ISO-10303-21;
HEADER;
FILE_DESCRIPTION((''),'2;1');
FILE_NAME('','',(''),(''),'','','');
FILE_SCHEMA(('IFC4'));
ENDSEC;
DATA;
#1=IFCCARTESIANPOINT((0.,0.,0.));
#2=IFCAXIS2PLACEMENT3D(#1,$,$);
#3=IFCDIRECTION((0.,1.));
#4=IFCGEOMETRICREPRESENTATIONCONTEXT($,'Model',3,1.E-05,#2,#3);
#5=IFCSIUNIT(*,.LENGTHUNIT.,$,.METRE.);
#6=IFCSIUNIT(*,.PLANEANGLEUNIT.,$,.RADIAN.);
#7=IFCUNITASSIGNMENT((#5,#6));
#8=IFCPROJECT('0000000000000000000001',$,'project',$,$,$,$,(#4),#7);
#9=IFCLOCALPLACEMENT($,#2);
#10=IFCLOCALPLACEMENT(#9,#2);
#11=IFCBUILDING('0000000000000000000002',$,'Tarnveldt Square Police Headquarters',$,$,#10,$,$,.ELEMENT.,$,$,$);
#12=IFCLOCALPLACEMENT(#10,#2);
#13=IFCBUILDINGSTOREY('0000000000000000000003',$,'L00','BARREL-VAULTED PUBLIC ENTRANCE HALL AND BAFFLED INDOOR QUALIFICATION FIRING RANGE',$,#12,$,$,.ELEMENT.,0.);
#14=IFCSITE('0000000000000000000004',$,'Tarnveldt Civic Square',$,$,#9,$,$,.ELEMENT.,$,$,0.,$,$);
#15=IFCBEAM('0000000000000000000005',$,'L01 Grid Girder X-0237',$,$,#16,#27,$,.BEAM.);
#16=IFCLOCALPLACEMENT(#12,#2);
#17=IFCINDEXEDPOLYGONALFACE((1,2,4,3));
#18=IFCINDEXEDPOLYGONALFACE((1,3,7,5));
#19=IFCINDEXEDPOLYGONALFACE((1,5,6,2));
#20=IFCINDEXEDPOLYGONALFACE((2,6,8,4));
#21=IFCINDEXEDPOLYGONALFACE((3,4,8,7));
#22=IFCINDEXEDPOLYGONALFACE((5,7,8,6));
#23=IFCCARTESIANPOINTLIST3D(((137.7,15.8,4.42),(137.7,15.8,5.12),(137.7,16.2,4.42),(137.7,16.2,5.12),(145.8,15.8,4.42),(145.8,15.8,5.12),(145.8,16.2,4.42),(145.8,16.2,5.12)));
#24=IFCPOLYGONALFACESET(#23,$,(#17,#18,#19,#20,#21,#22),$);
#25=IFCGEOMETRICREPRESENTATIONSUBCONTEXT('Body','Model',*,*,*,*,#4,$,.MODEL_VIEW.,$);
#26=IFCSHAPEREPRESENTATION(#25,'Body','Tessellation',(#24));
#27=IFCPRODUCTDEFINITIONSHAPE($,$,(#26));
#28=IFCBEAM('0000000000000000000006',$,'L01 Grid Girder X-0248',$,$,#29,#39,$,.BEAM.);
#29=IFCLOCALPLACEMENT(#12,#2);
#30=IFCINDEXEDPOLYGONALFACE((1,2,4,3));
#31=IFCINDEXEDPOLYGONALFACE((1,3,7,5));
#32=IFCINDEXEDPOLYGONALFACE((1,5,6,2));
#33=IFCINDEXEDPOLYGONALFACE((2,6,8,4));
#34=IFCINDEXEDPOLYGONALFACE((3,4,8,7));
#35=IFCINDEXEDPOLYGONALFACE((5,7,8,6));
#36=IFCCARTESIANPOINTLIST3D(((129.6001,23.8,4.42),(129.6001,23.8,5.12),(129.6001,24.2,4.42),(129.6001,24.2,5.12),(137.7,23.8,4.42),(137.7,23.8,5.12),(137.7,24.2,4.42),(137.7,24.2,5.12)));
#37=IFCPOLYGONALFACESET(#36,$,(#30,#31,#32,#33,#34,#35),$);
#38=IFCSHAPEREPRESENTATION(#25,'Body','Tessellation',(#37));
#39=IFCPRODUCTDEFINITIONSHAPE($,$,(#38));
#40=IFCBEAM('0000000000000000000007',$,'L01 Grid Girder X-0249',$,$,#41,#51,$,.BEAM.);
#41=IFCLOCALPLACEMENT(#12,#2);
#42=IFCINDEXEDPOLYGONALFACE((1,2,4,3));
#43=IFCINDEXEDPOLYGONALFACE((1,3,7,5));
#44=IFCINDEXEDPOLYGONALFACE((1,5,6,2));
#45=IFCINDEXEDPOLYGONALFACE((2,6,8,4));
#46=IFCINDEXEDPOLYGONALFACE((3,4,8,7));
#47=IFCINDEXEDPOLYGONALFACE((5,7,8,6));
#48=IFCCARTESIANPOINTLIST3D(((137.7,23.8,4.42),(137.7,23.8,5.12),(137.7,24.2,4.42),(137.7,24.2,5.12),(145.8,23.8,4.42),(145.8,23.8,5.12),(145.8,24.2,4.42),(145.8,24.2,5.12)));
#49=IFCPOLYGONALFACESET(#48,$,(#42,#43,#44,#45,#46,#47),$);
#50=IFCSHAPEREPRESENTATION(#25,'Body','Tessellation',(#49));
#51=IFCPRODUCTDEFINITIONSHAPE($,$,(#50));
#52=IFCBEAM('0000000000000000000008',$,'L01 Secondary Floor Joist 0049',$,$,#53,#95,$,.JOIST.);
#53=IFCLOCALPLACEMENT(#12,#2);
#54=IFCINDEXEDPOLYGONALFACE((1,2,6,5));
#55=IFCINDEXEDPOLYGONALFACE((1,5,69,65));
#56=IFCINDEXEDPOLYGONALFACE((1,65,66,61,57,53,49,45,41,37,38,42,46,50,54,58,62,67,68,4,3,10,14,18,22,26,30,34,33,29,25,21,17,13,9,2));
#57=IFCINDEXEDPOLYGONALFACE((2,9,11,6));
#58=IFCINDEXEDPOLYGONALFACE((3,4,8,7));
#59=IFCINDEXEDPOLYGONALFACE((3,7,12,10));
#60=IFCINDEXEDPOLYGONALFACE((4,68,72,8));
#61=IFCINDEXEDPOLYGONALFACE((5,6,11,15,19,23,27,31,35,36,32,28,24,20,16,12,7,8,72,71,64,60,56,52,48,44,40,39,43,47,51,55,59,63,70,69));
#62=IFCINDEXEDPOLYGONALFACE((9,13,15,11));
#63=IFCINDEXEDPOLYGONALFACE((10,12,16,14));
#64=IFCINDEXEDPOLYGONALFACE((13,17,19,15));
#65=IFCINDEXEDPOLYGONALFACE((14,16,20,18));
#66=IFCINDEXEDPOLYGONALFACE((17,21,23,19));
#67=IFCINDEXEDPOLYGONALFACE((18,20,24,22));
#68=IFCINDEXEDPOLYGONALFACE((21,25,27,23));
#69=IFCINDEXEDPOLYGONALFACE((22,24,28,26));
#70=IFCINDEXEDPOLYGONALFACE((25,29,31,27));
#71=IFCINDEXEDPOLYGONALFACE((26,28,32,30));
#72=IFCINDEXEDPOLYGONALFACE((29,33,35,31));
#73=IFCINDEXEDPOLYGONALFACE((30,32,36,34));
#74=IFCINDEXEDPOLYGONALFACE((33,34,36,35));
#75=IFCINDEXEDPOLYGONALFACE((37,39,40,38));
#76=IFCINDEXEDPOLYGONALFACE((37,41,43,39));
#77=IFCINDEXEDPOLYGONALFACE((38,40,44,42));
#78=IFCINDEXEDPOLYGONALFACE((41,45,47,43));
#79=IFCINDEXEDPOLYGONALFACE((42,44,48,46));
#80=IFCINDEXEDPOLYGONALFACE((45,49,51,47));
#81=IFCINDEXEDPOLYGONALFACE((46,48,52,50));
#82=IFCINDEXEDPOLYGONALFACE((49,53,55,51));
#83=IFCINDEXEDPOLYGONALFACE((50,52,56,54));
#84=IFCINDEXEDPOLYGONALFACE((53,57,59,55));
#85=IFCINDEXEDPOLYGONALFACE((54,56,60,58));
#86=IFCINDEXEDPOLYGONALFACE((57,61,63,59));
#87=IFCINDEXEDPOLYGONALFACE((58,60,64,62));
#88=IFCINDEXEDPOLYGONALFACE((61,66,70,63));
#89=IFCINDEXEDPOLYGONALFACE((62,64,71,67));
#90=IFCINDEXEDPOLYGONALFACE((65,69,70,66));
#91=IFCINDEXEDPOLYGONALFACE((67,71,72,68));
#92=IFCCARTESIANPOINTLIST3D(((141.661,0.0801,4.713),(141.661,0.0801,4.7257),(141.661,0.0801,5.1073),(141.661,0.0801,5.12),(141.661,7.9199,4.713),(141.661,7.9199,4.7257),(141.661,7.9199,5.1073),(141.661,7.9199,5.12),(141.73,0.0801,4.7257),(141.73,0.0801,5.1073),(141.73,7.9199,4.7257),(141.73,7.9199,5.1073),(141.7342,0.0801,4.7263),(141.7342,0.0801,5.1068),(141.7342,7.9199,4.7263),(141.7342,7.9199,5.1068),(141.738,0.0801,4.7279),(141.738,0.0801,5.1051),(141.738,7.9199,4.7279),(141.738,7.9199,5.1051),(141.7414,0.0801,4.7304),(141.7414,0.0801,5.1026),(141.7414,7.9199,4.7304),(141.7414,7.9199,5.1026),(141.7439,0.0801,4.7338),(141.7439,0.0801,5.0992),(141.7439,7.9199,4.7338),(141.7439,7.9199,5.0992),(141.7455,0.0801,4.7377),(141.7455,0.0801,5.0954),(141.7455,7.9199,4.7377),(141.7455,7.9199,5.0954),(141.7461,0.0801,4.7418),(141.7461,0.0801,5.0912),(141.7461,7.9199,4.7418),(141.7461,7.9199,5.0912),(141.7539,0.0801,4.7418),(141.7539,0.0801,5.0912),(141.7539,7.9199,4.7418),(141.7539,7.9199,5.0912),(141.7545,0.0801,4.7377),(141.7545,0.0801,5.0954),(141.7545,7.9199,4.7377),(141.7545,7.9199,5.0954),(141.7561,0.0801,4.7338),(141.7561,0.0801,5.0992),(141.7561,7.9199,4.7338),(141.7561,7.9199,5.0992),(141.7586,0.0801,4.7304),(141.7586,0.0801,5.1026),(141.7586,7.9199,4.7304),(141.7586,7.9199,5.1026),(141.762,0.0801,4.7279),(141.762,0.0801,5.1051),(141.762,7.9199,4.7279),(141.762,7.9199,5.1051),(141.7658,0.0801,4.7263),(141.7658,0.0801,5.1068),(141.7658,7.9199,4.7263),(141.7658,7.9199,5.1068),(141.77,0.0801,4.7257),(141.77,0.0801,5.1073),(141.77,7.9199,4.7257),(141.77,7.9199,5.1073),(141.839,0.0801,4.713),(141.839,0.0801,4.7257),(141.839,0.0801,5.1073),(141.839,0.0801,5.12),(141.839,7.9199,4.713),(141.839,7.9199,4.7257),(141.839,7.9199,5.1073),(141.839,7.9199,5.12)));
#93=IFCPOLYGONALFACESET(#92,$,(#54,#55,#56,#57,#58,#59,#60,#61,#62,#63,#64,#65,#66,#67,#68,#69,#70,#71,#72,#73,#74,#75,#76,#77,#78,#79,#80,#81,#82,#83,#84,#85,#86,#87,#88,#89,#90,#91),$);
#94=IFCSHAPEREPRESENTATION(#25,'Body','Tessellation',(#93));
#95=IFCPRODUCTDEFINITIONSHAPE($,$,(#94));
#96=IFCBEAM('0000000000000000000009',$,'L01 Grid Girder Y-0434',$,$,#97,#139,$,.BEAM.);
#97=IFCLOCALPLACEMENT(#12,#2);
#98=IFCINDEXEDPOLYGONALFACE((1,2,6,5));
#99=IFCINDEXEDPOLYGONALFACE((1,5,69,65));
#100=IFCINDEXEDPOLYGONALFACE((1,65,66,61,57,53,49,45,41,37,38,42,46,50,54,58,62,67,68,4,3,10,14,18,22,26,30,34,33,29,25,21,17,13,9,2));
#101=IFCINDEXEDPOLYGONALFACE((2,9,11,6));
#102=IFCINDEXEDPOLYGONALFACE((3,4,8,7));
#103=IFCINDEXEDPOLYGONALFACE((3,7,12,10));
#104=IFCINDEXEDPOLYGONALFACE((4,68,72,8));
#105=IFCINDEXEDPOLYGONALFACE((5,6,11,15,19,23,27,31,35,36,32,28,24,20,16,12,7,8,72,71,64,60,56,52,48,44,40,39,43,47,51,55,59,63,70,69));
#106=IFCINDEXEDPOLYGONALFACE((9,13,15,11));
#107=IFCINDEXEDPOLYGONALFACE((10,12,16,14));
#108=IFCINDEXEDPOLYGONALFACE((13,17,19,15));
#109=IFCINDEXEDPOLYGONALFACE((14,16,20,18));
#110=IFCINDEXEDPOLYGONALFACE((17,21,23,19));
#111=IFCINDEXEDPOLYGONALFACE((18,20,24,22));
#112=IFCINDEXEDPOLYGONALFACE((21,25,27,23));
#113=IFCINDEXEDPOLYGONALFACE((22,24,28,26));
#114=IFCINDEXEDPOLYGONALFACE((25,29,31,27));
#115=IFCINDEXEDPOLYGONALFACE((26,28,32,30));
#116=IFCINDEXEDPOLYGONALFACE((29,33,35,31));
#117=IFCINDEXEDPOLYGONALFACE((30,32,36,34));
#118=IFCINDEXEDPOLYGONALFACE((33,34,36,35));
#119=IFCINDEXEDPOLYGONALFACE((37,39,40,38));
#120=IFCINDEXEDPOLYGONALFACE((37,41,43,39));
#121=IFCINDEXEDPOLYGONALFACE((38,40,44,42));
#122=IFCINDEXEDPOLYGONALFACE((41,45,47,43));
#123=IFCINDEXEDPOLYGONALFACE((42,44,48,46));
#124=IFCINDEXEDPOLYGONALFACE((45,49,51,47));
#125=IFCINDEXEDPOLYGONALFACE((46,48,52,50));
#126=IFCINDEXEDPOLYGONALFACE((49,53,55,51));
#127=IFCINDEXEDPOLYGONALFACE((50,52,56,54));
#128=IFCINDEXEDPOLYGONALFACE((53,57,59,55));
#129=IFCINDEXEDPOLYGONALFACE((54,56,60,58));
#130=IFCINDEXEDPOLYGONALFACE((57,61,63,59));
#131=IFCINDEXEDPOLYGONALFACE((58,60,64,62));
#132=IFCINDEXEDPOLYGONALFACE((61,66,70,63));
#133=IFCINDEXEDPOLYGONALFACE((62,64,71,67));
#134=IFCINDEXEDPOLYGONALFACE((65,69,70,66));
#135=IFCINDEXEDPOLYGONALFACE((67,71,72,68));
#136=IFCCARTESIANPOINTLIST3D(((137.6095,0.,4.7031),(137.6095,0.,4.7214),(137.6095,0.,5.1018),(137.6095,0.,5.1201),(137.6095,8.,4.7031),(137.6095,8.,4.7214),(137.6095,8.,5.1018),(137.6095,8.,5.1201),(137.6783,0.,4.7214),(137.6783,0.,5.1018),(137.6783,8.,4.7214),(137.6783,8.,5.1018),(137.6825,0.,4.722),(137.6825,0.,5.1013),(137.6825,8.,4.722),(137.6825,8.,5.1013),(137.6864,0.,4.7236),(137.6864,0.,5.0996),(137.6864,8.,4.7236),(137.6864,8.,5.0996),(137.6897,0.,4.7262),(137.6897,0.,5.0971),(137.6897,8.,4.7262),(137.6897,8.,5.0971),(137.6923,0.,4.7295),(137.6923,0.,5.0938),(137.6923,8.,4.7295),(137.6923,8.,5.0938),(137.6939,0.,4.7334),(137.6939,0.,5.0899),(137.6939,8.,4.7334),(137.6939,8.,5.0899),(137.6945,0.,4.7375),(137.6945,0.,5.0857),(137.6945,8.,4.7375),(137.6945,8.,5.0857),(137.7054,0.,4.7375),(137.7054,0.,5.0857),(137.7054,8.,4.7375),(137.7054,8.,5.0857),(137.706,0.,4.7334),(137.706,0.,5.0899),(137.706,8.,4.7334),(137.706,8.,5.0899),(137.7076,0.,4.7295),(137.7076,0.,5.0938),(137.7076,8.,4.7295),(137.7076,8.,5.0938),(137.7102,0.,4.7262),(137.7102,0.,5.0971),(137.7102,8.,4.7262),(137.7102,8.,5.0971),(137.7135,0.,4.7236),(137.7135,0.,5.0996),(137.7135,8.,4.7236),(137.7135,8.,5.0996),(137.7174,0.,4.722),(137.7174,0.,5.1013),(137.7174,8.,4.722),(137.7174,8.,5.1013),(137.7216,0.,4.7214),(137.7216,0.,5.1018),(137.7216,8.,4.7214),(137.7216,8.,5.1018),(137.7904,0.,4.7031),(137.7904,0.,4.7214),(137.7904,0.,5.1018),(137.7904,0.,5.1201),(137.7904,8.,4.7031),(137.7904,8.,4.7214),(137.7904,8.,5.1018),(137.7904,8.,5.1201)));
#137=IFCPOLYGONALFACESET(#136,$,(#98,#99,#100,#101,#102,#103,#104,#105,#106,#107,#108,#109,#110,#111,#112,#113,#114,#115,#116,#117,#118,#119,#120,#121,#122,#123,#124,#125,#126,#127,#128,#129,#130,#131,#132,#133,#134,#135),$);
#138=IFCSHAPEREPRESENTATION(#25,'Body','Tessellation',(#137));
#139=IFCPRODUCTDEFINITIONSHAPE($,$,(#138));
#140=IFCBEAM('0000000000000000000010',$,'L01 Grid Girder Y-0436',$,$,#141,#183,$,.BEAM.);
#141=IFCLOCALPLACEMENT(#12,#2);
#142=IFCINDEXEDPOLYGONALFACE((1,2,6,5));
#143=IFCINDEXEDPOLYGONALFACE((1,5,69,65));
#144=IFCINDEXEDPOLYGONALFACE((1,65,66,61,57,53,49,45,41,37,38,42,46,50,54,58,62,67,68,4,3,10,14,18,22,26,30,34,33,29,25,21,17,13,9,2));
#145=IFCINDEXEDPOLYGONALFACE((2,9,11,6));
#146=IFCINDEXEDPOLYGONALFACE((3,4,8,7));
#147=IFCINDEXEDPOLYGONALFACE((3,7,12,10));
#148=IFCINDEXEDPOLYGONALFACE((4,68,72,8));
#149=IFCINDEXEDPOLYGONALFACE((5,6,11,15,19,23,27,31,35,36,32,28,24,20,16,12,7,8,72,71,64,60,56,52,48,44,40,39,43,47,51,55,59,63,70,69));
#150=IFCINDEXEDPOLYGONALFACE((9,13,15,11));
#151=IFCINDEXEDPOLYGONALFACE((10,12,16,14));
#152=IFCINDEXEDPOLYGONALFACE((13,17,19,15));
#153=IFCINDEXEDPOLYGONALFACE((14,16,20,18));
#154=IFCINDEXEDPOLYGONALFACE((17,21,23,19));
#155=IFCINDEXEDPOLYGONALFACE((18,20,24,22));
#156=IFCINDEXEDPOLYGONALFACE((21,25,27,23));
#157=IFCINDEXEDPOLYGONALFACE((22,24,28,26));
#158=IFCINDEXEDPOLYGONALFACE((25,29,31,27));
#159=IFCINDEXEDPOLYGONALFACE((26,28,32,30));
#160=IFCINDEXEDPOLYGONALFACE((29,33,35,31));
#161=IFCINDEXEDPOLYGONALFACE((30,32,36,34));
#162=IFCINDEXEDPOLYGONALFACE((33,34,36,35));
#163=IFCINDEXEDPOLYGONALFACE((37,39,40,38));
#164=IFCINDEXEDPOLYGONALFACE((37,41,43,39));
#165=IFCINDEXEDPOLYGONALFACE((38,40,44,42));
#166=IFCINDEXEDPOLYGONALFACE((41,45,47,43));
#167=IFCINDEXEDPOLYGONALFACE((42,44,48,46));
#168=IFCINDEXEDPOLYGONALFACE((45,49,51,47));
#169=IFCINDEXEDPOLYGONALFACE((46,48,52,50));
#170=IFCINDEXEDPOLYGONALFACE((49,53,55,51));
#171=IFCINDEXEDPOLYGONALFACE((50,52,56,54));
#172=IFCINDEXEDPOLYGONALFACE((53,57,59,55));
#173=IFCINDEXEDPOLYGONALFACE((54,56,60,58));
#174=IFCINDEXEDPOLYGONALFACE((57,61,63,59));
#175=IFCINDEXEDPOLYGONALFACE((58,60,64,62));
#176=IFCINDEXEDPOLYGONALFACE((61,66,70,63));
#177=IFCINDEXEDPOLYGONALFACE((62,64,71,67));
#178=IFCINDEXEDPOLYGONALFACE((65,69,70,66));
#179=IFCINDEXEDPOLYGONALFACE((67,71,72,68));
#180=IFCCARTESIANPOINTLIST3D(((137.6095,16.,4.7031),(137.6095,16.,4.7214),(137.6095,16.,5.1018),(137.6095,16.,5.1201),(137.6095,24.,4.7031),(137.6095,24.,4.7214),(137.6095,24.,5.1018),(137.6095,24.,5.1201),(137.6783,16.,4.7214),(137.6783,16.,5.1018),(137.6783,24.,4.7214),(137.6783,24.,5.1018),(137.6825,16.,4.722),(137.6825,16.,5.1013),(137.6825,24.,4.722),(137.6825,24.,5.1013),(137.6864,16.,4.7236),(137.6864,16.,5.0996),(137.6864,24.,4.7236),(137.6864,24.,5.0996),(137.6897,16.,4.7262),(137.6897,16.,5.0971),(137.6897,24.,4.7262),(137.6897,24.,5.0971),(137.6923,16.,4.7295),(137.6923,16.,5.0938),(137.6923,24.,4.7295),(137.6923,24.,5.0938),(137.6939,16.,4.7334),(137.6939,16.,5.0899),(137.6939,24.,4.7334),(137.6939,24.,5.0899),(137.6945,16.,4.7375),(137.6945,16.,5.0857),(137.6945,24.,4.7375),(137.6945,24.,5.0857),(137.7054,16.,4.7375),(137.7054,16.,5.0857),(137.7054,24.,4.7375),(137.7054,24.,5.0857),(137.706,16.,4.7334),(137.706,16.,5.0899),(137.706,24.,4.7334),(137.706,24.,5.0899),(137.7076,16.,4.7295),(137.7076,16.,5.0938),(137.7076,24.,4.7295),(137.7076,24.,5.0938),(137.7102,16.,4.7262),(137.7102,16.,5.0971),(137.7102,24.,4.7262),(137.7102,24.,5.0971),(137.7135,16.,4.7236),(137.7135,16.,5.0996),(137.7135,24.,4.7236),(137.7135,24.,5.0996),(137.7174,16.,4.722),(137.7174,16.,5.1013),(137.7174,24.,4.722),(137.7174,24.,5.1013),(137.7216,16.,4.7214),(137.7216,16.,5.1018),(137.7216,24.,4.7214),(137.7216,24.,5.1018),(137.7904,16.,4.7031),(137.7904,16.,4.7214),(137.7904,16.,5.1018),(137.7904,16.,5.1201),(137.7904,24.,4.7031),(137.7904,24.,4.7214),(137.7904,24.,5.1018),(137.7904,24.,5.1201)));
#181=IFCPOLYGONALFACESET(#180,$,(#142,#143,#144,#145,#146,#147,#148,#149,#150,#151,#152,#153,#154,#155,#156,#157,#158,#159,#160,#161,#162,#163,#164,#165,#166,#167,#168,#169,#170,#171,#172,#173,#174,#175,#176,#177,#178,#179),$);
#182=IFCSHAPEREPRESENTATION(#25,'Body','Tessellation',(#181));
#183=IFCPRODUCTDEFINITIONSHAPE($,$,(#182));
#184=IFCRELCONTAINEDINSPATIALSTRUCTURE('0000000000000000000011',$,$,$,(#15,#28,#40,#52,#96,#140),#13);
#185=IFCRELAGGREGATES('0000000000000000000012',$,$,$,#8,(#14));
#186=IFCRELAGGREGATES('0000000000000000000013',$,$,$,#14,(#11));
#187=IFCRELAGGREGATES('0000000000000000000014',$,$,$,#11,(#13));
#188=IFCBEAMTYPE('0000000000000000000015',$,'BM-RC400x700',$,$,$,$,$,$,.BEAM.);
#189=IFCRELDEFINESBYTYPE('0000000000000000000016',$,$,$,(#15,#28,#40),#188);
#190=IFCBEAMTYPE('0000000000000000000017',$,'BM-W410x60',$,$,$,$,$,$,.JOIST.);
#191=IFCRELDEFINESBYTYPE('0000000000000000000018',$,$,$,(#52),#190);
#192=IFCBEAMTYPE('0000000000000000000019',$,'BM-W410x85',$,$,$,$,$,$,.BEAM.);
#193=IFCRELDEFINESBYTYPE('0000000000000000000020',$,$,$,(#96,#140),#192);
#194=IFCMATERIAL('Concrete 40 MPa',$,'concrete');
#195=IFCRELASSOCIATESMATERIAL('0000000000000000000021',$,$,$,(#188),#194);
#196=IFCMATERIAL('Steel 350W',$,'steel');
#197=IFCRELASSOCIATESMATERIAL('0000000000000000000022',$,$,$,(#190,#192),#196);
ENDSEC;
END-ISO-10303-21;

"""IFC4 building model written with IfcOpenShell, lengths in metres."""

from ifc_helpers import new_model, si_unit, direction, frame, origin, origin_2d, place, context, subcontext, project, spatial, rectangle, i_section, extrude, material, material_profile, profile_set, type_object, element, save


model = new_model("IFC4")

# Units and contexts
model_context = context("Model", 3, precision=1e-05, world=origin(), true_north=direction((0.0, 1.0)))
body_context = subcontext(model_context, "Body", "Model", "MODEL_VIEW")
ifc_project = project(units=[si_unit("LENGTHUNIT", "METRE"), si_unit("PLANEANGLEUNIT", "RADIAN")], contexts=[model_context])

# Site, building, storey
site_placement = place(None, origin())
site = spatial("IfcSite", under=ifc_project, at=site_placement, Name="Tarnveldt Civic Square", CompositionType="ELEMENT", RefElevation=0.0)
building_placement = place(site_placement, origin())
building = spatial("IfcBuilding", under=site, at=building_placement, Name="Tarnveldt Square Police Headquarters", CompositionType="ELEMENT")
storey_placement = place(building_placement, origin())
storey = spatial("IfcBuildingStorey", under=building, at=storey_placement, Name="L00", Description="BARREL-VAULTED PUBLIC ENTRANCE HALL AND BAFFLED INDOOR QUALIFICATION FIRING RANGE", CompositionType="ELEMENT", Elevation=0.0)

# Shared definitions
ifc_material_1 = material(Name="Concrete 40 MPa", Category="concrete")

# Beams
ifc_material_profile_1 = material_profile(ifc_material_1, rectangle(XDim=0.3999, YDim=0.7, at=origin_2d()), Name="RC-B400x700")
ifc_profile_set_1 = profile_set([ifc_material_profile_1], Name="Concrete 40 MPa")
beam_type_1 = type_object("IfcBeamType", Name="BM-RC400x700", PredefinedType="BEAM", material=ifc_profile_set_1)
for number, where, z_axis, x_axis, name in (
    (1, (137.7, 16.0, 4.77), (1.0, 0.0, 0.0), (0.0, 1.0, 0.0), "L01 Grid Girder X-0237"),
):
    element("IfcBeam", number, at=place(storey_placement, frame(where, z_axis=z_axis, x_axis=x_axis)), inside=storey, type_object=beam_type_1, Name=name, PredefinedType="BEAM", context=body_context, shape_type="SweptSolid", body=[
        extrude(rectangle(XDim=0.3999, YDim=0.7, at=origin_2d()), origin(), (0.0, 0.0, 1.0), 8.1001),
    ])
beam_1_placement = place(storey_placement, frame((129.6001, 24.0, 4.77), z_axis=(1.0, 0.0, 0.0), x_axis=(0.0, 1.0, 0.0)))
element("IfcBeam", 2, at=beam_1_placement, inside=storey, type_object=beam_type_1, Name="L01 Grid Girder X-0248", PredefinedType="BEAM", context=body_context, shape_type="SweptSolid", body=[
    extrude(rectangle(XDim=0.3999, YDim=0.7, at=origin_2d()), origin(), (0.0, 0.0, 1.0), 8.0999),
])
beam_2_placement = place(storey_placement, frame((137.7, 24.0, 4.77), z_axis=(1.0, 0.0, 0.0), x_axis=(0.0, 1.0, 0.0)))
element("IfcBeam", 3, at=beam_2_placement, inside=storey, type_object=beam_type_1, Name="L01 Grid Girder X-0249", PredefinedType="BEAM", context=body_context, shape_type="SweptSolid", body=[
    extrude(rectangle(XDim=0.3999, YDim=0.7, at=origin_2d()), origin(), (0.0, 0.0, 1.0), 8.1001),
])
ifc_material_2 = material(Name="Steel 350W", Category="steel")
ifc_material_profile_2 = material_profile(ifc_material_2, i_section(OverallWidth=0.178, OverallDepth=0.407, WebThickness=0.0078, FlangeThickness=0.0127, FilletRadius=0.0161, at=origin_2d()), Name="W410x60")
ifc_profile_set_2 = profile_set([ifc_material_profile_2], Name="Steel 350W")
beam_type_2 = type_object("IfcBeamType", Name="BM-W410x60", PredefinedType="JOIST", material=ifc_profile_set_2)
beam_3_placement = place(storey_placement, frame((141.75, 0.0801, 4.9165), z_axis=(0.0, 1.0, 0.0), x_axis=(-1.0, 0.0, 0.0)))
element("IfcBeam", 4, at=beam_3_placement, inside=storey, type_object=beam_type_2, Name="L01 Secondary Floor Joist 0049", PredefinedType="JOIST", context=body_context, shape_type="SweptSolid", body=[
    extrude(i_section(OverallWidth=0.178, OverallDepth=0.407, WebThickness=0.0078, FlangeThickness=0.0127, FilletRadius=0.0161, at=origin_2d()), origin(), (0.0, 0.0, 1.0), 7.8398),
])
ifc_material_profile_3 = material_profile(ifc_material_2, i_section(OverallWidth=0.1809, OverallDepth=0.417, WebThickness=0.011, FlangeThickness=0.0183, FilletRadius=0.0161, at=origin_2d()), Name="W410x85")
ifc_profile_set_3 = profile_set([ifc_material_profile_3], Name="Steel 350W")
beam_type_3 = type_object("IfcBeamType", Name="BM-W410x85", PredefinedType="BEAM", material=ifc_profile_set_3)
for number, where, z_axis, x_axis, name in (
    (5, (137.7, 0.0, 4.9116), (0.0, 1.0, 0.0), (-1.0, 0.0, 0.0), "L01 Grid Girder Y-0434"),
    (6, (137.7, 16.0, 4.9116), (0.0, 1.0, 0.0), (-1.0, 0.0, 0.0), "L01 Grid Girder Y-0436"),
):
    element("IfcBeam", number, at=place(storey_placement, frame(where, z_axis=z_axis, x_axis=x_axis)), inside=storey, type_object=beam_type_3, Name=name, PredefinedType="BEAM", context=body_context, shape_type="SweptSolid", body=[
        extrude(i_section(OverallWidth=0.1809, OverallDepth=0.417, WebThickness=0.011, FlangeThickness=0.0183, FilletRadius=0.0161, at=origin_2d()), origin(), (0.0, 0.0, 1.0), 8.0),
    ])

save(model, "model.ifc")
